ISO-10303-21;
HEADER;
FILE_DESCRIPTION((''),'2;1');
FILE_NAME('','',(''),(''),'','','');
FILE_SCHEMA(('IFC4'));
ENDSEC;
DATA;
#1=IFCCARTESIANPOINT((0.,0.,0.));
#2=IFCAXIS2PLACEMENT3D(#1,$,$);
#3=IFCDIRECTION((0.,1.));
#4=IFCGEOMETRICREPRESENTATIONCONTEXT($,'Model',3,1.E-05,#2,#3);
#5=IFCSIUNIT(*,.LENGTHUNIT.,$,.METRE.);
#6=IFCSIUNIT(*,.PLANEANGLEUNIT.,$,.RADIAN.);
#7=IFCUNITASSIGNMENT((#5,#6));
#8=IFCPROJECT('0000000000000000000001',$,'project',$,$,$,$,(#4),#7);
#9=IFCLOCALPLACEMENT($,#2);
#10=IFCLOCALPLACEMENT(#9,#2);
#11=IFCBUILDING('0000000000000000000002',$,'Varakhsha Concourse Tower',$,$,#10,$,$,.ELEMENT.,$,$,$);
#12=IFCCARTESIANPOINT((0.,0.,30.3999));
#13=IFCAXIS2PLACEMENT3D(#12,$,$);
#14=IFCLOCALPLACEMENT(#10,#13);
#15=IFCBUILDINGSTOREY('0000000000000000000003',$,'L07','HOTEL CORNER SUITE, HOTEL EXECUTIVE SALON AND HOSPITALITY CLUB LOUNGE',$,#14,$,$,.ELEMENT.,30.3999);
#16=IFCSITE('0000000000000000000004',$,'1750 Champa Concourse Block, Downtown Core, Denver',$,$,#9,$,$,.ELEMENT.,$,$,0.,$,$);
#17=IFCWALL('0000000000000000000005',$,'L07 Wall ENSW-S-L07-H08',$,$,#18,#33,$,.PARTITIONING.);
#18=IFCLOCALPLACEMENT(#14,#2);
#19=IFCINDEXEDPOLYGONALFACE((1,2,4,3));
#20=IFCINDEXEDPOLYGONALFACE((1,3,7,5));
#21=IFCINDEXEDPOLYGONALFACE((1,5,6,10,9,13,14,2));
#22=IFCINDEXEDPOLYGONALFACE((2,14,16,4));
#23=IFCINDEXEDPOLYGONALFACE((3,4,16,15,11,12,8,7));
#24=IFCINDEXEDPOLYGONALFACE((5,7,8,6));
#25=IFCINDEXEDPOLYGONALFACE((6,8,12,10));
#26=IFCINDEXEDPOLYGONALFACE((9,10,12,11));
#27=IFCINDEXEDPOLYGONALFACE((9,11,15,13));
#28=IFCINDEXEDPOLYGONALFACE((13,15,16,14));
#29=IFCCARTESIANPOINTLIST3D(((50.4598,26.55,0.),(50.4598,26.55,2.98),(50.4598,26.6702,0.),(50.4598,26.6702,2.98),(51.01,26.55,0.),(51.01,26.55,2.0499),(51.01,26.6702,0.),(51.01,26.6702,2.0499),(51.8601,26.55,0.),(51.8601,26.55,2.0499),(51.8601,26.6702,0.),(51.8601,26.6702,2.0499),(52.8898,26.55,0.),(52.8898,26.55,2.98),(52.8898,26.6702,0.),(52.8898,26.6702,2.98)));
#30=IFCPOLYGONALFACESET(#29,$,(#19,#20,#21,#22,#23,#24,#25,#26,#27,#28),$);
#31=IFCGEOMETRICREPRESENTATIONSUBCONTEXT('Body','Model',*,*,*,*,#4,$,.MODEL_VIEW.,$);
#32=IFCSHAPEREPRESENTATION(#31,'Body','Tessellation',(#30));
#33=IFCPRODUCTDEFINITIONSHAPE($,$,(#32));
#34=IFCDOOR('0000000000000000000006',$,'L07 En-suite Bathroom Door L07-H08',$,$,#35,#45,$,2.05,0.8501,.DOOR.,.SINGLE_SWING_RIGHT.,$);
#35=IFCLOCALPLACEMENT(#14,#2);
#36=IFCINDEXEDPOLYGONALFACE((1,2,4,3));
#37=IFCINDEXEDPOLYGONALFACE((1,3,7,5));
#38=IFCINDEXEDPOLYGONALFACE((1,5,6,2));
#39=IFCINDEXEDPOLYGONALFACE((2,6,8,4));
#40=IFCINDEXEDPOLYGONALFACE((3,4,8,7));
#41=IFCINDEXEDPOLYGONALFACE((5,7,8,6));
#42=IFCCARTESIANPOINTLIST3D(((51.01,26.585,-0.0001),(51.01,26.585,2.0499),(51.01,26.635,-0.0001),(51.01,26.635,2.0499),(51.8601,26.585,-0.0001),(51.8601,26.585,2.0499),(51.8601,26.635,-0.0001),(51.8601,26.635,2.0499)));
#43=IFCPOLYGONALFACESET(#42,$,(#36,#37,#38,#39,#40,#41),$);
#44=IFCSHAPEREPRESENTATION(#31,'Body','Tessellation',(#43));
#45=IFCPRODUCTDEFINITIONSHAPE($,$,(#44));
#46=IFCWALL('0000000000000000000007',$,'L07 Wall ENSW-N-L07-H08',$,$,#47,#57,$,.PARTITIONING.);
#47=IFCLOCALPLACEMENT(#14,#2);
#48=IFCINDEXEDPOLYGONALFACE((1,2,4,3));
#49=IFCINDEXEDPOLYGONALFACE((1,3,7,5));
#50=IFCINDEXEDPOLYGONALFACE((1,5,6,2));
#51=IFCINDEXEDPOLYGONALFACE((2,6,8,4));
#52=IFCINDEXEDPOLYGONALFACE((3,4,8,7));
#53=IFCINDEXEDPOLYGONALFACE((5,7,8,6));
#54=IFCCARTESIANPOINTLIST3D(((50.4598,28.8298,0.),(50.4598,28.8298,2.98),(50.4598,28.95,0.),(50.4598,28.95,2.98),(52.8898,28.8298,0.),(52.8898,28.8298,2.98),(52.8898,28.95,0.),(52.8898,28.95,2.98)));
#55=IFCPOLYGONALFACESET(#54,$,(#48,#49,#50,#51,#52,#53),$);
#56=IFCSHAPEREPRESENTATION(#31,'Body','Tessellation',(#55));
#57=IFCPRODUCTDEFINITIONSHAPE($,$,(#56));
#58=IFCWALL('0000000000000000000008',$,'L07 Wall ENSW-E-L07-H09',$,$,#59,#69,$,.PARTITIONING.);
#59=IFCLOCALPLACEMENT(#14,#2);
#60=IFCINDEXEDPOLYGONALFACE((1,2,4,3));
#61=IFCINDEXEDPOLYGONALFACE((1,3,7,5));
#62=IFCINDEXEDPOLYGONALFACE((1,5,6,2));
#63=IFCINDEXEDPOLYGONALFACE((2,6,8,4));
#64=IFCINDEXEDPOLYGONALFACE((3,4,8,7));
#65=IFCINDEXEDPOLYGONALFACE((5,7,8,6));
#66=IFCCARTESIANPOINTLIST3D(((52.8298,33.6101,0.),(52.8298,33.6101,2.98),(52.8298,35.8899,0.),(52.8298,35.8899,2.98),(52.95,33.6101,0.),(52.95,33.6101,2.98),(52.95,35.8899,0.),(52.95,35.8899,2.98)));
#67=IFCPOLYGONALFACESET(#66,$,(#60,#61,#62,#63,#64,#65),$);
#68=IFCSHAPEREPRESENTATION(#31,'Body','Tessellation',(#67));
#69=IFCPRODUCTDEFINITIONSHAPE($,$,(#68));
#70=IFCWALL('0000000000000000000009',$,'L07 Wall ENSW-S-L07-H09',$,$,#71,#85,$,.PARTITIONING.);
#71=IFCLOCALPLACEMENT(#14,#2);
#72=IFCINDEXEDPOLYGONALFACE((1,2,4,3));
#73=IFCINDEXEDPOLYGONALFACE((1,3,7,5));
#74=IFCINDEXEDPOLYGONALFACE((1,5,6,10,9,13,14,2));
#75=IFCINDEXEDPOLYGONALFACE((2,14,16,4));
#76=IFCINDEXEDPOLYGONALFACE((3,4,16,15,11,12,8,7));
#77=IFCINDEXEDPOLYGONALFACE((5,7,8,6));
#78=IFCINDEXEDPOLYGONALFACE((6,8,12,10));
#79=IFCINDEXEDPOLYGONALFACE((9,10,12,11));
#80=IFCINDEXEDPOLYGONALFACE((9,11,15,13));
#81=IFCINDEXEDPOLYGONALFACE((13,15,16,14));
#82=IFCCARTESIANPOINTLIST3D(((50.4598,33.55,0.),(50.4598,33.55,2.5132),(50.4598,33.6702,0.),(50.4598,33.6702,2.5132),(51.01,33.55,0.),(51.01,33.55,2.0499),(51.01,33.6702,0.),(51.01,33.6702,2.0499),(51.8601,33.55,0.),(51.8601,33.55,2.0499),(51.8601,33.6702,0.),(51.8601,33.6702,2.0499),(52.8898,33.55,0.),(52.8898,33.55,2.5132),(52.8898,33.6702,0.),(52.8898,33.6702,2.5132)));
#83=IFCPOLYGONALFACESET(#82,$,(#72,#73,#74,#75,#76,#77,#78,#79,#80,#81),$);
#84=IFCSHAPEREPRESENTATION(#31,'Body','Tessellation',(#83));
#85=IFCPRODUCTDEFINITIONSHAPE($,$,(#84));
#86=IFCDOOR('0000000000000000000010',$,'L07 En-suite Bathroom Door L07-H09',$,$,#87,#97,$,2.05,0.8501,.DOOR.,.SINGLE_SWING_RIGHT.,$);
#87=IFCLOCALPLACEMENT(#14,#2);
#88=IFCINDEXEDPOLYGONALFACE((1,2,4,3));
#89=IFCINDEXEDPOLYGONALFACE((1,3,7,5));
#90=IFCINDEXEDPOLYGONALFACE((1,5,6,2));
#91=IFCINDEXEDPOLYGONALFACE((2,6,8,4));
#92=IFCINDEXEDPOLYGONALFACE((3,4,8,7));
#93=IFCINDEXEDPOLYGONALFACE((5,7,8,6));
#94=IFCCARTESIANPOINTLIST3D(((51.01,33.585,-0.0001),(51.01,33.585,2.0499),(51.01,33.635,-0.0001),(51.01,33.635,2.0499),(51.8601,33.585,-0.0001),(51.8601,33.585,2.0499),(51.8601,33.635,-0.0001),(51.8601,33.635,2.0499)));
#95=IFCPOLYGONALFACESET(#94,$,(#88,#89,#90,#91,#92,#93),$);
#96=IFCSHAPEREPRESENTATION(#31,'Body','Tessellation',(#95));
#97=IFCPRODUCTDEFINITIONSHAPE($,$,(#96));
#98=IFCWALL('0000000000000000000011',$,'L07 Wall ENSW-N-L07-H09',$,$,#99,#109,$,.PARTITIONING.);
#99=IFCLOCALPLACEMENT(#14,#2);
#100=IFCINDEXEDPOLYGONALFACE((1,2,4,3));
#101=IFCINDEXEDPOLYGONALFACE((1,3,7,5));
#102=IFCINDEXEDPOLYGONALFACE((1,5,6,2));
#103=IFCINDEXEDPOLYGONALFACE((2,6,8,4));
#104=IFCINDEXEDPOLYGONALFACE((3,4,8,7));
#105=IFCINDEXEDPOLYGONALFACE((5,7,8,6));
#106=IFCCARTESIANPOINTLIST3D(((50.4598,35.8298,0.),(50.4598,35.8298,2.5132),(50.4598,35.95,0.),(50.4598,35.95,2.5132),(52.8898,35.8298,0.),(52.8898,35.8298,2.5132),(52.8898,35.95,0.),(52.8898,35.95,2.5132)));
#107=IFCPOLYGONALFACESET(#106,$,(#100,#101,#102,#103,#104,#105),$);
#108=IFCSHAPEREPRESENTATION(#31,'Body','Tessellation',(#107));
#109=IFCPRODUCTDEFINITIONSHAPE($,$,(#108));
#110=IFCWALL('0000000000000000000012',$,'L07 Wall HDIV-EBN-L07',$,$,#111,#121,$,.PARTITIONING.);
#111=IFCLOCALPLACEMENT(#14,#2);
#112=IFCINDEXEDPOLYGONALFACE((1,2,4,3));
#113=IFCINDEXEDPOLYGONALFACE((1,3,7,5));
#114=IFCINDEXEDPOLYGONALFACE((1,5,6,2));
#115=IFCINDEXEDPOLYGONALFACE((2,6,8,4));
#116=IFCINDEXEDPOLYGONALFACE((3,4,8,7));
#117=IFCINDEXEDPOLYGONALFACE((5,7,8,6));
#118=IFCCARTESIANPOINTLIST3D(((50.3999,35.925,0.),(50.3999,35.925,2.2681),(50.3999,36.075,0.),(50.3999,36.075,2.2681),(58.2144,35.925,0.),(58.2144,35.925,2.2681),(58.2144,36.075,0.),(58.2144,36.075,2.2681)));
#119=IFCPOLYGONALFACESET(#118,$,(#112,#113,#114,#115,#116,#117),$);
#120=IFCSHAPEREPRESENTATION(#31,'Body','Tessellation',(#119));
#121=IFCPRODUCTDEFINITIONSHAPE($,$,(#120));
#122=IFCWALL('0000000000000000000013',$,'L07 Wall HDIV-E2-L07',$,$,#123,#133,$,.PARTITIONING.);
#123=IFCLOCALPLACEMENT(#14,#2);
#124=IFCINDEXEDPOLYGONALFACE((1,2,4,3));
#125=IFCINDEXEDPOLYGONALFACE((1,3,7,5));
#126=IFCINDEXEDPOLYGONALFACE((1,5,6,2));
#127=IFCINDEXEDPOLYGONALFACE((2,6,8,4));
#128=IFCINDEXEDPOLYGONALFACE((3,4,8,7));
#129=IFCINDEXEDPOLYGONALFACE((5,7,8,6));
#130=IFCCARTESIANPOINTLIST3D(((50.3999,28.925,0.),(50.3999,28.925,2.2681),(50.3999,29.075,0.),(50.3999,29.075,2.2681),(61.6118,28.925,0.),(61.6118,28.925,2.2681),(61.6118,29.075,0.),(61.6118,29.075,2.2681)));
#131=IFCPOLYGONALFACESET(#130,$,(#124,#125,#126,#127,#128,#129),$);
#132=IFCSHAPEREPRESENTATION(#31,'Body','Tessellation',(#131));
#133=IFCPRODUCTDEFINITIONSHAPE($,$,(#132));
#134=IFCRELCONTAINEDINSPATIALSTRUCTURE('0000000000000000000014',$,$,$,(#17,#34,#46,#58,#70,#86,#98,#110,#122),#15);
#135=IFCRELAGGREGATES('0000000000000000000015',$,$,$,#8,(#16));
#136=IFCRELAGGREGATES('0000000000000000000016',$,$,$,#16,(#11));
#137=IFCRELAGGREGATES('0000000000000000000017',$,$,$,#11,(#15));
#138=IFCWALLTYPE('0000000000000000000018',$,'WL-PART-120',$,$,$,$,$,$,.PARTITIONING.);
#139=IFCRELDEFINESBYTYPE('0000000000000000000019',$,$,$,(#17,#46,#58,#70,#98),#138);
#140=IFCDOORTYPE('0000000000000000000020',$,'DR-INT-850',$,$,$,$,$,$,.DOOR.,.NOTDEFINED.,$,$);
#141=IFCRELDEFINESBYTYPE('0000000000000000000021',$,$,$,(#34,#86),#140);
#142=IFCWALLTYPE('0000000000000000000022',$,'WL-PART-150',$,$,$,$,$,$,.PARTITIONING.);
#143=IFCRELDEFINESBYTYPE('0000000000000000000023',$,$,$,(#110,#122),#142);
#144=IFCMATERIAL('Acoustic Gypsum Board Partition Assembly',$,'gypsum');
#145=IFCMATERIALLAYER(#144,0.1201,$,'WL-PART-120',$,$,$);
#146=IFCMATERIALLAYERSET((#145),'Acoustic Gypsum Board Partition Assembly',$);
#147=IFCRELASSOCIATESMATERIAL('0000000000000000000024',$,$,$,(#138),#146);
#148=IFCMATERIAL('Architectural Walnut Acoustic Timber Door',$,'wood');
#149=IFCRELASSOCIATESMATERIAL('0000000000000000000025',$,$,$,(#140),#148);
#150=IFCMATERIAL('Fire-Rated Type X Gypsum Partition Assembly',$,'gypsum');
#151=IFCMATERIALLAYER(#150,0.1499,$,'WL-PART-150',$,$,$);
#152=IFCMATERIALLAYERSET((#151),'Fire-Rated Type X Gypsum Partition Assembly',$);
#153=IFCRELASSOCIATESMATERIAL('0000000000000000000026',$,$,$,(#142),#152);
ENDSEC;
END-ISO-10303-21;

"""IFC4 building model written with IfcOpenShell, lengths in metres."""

from ifc_helpers import new_model, si_unit, direction, frame, frame_2d, origin, place, context, subcontext, project, spatial, rectangle, extrude, material, layer, layer_set, type_object, element, fill, save


model = new_model("IFC4")

# Units and contexts
model_context = context("Model", 3, precision=1e-05, world=origin(), true_north=direction((0.0, 1.0)))
body_context = subcontext(model_context, "Body", "Model", "MODEL_VIEW")
ifc_project = project(units=[si_unit("LENGTHUNIT", "METRE"), si_unit("PLANEANGLEUNIT", "RADIAN")], contexts=[model_context])

# Site, building, storey
site_placement = place(None, origin())
site = spatial("IfcSite", under=ifc_project, at=site_placement, Name="1750 Champa Concourse Block, Downtown Core, Denver", CompositionType="ELEMENT", RefElevation=0.0)
building_placement = place(site_placement, origin())
building = spatial("IfcBuilding", under=site, at=building_placement, Name="Varakhsha Concourse Tower", CompositionType="ELEMENT")
storey_placement = place(building_placement, frame((0.0, 0.0, 30.3999)))
storey = spatial("IfcBuildingStorey", under=building, at=storey_placement, Name="L07", Description="HOTEL CORNER SUITE, HOTEL EXECUTIVE SALON AND HOSPITALITY CLUB LOUNGE", CompositionType="ELEMENT", Elevation=30.3999)

# Shared definitions
ifc_material_1 = material(Name="Acoustic Gypsum Board Partition Assembly", Category="gypsum")
ifc_layer_1 = layer(ifc_material_1, 0.1201, Name="WL-PART-120")
ifc_layer_set_1 = layer_set([ifc_layer_1], Name="Acoustic Gypsum Board Partition Assembly")
wall_type_1 = type_object("IfcWallType", Name="WL-PART-120", PredefinedType="PARTITIONING", material=ifc_layer_set_1)

# Wall, opening, door
wall_1_placement = place(storey_placement, frame((50.46, 26.6101, 0.0), z_axis=(0.0, 0.0, 1.0), x_axis=(1.0, 0.0, 0.0)))
wall_1 = element("IfcWall", 1, at=wall_1_placement, inside=storey, type_object=wall_type_1, Name="L07 Wall ENSW-S-L07-H08", PredefinedType="PARTITIONING", context=body_context, shape_type="SweptSolid", body=[
    extrude(rectangle(XDim=2.4299, YDim=0.1201, at=frame_2d((1.2148, 0.0))), origin(), (0.0, 0.0, 1.0), 2.98),
])
opening_1_placement = place(wall_1_placement, frame((0.55, 0.0, 0.0)))
opening_1 = element("IfcOpeningElement", 2, at=opening_1_placement, cuts=wall_1, PredefinedType="OPENING", context=body_context, shape_type="SweptSolid", body=[
    extrude(rectangle(XDim=0.8501, YDim=2.05, at=frame_2d((0.425, 1.0249))), frame((0.0, 0.0701, 0.0), z_axis=(0.0, -1.0, 0.0), x_axis=(1.0, 0.0, 0.0)), (0.0, 0.0, 1.0), 0.1401),
])
ifc_material_2 = material(Name="Architectural Walnut Acoustic Timber Door", Category="wood")
door_type = type_object("IfcDoorType", Name="DR-INT-850", OperationType="NOTDEFINED", PredefinedType="DOOR", material=ifc_material_2)
door_1_placement = place(opening_1_placement, origin())
door_1 = element("IfcDoor", 3, at=door_1_placement, inside=storey, type_object=door_type, Name="L07 En-suite Bathroom Door L07-H08", OperationType="SINGLE_SWING_RIGHT", OverallHeight=2.05, OverallWidth=0.8501, PredefinedType="DOOR", context=body_context, shape_type="SweptSolid", body=[
    extrude(rectangle(XDim=0.8501, YDim=2.05, at=frame_2d((0.425, 1.0249))), frame((0.0, 0.0249, 0.0), z_axis=(0.0, -1.0, 0.0), x_axis=(1.0, 0.0, 0.0)), (0.0, 0.0, 1.0), 0.05),
])
fill(opening_1, door_1)

# Walls
wall_2_placement = place(storey_placement, frame((50.46, 28.8899, 0.0), z_axis=(0.0, 0.0, 1.0), x_axis=(1.0, 0.0, 0.0)))
element("IfcWall", 4, at=wall_2_placement, inside=storey, type_object=wall_type_1, Name="L07 Wall ENSW-N-L07-H08", PredefinedType="PARTITIONING", context=body_context, shape_type="SweptSolid", body=[
    extrude(rectangle(XDim=2.4299, YDim=0.1201, at=frame_2d((1.2148, 0.0))), origin(), (0.0, 0.0, 1.0), 2.98),
])
wall_3_placement = place(storey_placement, frame((52.8899, 33.6101, 0.0), z_axis=(0.0, 0.0, 1.0), x_axis=(0.0, 1.0, 0.0)))
element("IfcWall", 5, at=wall_3_placement, inside=storey, type_object=wall_type_1, Name="L07 Wall ENSW-E-L07-H09", PredefinedType="PARTITIONING", context=body_context, shape_type="SweptSolid", body=[
    extrude(rectangle(XDim=2.2798, YDim=0.1201, at=frame_2d((1.1399, 0.0))), origin(), (0.0, 0.0, 1.0), 2.98),
])

# Wall, opening, door
wall_4_placement = place(storey_placement, frame((50.46, 33.6101, 0.0), z_axis=(0.0, 0.0, 1.0), x_axis=(1.0, 0.0, 0.0)))
wall_4 = element("IfcWall", 6, at=wall_4_placement, inside=storey, type_object=wall_type_1, Name="L07 Wall ENSW-S-L07-H09", PredefinedType="PARTITIONING", context=body_context, shape_type="SweptSolid", body=[
    extrude(rectangle(XDim=2.4299, YDim=0.1201, at=frame_2d((1.2148, 0.0))), origin(), (0.0, 0.0, 1.0), 2.5132),
])
opening_2_placement = place(wall_4_placement, frame((0.55, 0.0, 0.0)))
opening_2 = element("IfcOpeningElement", 7, at=opening_2_placement, cuts=wall_4, PredefinedType="OPENING", context=body_context, shape_type="SweptSolid", body=[
    extrude(rectangle(XDim=0.8501, YDim=2.05, at=frame_2d((0.425, 1.0249))), frame((0.0, 0.0701, 0.0), z_axis=(0.0, -1.0, 0.0), x_axis=(1.0, 0.0, 0.0)), (0.0, 0.0, 1.0), 0.1401),
])
door_2_placement = place(opening_2_placement, origin())
door_2 = element("IfcDoor", 8, at=door_2_placement, inside=storey, type_object=door_type, Name="L07 En-suite Bathroom Door L07-H09", OperationType="SINGLE_SWING_RIGHT", OverallHeight=2.05, OverallWidth=0.8501, PredefinedType="DOOR", context=body_context, shape_type="SweptSolid", body=[
    extrude(rectangle(XDim=0.8501, YDim=2.05, at=frame_2d((0.425, 1.0249))), frame((0.0, 0.0249, 0.0), z_axis=(0.0, -1.0, 0.0), x_axis=(1.0, 0.0, 0.0)), (0.0, 0.0, 1.0), 0.05),
])
fill(opening_2, door_2)

# Walls
wall_5_placement = place(storey_placement, frame((50.46, 35.8899, 0.0), z_axis=(0.0, 0.0, 1.0), x_axis=(1.0, 0.0, 0.0)))
element("IfcWall", 9, at=wall_5_placement, inside=storey, type_object=wall_type_1, Name="L07 Wall ENSW-N-L07-H09", PredefinedType="PARTITIONING", context=body_context, shape_type="SweptSolid", body=[
    extrude(rectangle(XDim=2.4299, YDim=0.1201, at=frame_2d((1.2148, 0.0))), origin(), (0.0, 0.0, 1.0), 2.5132),
])
ifc_material_3 = material(Name="Fire-Rated Type X Gypsum Partition Assembly", Category="gypsum")
ifc_layer_2 = layer(ifc_material_3, 0.1499, Name="WL-PART-150")
ifc_layer_set_2 = layer_set([ifc_layer_2], Name="Fire-Rated Type X Gypsum Partition Assembly")
wall_type_2 = type_object("IfcWallType", Name="WL-PART-150", PredefinedType="PARTITIONING", material=ifc_layer_set_2)
wall_6_placement = place(storey_placement, frame((50.3999, 36.0, 0.0), z_axis=(0.0, 0.0, 1.0), x_axis=(1.0, 0.0, 0.0)))
element("IfcWall", 10, at=wall_6_placement, inside=storey, type_object=wall_type_2, Name="L07 Wall HDIV-EBN-L07", PredefinedType="PARTITIONING", context=body_context, shape_type="SweptSolid", body=[
    extrude(rectangle(XDim=7.8145, YDim=0.1499, at=frame_2d((3.9072, 0.0))), origin(), (0.0, 0.0, 1.0), 2.2681),
])
wall_7_placement = place(storey_placement, frame((50.3999, 29.0, 0.0), z_axis=(0.0, 0.0, 1.0), x_axis=(1.0, 0.0, 0.0)))
element("IfcWall", 11, at=wall_7_placement, inside=storey, type_object=wall_type_2, Name="L07 Wall HDIV-E2-L07", PredefinedType="PARTITIONING", context=body_context, shape_type="SweptSolid", body=[
    extrude(rectangle(XDim=11.2119, YDim=0.1499, at=frame_2d((5.606, 0.0))), origin(), (0.0, 0.0, 1.0), 2.2681),
])

save(model, "model.ifc")
